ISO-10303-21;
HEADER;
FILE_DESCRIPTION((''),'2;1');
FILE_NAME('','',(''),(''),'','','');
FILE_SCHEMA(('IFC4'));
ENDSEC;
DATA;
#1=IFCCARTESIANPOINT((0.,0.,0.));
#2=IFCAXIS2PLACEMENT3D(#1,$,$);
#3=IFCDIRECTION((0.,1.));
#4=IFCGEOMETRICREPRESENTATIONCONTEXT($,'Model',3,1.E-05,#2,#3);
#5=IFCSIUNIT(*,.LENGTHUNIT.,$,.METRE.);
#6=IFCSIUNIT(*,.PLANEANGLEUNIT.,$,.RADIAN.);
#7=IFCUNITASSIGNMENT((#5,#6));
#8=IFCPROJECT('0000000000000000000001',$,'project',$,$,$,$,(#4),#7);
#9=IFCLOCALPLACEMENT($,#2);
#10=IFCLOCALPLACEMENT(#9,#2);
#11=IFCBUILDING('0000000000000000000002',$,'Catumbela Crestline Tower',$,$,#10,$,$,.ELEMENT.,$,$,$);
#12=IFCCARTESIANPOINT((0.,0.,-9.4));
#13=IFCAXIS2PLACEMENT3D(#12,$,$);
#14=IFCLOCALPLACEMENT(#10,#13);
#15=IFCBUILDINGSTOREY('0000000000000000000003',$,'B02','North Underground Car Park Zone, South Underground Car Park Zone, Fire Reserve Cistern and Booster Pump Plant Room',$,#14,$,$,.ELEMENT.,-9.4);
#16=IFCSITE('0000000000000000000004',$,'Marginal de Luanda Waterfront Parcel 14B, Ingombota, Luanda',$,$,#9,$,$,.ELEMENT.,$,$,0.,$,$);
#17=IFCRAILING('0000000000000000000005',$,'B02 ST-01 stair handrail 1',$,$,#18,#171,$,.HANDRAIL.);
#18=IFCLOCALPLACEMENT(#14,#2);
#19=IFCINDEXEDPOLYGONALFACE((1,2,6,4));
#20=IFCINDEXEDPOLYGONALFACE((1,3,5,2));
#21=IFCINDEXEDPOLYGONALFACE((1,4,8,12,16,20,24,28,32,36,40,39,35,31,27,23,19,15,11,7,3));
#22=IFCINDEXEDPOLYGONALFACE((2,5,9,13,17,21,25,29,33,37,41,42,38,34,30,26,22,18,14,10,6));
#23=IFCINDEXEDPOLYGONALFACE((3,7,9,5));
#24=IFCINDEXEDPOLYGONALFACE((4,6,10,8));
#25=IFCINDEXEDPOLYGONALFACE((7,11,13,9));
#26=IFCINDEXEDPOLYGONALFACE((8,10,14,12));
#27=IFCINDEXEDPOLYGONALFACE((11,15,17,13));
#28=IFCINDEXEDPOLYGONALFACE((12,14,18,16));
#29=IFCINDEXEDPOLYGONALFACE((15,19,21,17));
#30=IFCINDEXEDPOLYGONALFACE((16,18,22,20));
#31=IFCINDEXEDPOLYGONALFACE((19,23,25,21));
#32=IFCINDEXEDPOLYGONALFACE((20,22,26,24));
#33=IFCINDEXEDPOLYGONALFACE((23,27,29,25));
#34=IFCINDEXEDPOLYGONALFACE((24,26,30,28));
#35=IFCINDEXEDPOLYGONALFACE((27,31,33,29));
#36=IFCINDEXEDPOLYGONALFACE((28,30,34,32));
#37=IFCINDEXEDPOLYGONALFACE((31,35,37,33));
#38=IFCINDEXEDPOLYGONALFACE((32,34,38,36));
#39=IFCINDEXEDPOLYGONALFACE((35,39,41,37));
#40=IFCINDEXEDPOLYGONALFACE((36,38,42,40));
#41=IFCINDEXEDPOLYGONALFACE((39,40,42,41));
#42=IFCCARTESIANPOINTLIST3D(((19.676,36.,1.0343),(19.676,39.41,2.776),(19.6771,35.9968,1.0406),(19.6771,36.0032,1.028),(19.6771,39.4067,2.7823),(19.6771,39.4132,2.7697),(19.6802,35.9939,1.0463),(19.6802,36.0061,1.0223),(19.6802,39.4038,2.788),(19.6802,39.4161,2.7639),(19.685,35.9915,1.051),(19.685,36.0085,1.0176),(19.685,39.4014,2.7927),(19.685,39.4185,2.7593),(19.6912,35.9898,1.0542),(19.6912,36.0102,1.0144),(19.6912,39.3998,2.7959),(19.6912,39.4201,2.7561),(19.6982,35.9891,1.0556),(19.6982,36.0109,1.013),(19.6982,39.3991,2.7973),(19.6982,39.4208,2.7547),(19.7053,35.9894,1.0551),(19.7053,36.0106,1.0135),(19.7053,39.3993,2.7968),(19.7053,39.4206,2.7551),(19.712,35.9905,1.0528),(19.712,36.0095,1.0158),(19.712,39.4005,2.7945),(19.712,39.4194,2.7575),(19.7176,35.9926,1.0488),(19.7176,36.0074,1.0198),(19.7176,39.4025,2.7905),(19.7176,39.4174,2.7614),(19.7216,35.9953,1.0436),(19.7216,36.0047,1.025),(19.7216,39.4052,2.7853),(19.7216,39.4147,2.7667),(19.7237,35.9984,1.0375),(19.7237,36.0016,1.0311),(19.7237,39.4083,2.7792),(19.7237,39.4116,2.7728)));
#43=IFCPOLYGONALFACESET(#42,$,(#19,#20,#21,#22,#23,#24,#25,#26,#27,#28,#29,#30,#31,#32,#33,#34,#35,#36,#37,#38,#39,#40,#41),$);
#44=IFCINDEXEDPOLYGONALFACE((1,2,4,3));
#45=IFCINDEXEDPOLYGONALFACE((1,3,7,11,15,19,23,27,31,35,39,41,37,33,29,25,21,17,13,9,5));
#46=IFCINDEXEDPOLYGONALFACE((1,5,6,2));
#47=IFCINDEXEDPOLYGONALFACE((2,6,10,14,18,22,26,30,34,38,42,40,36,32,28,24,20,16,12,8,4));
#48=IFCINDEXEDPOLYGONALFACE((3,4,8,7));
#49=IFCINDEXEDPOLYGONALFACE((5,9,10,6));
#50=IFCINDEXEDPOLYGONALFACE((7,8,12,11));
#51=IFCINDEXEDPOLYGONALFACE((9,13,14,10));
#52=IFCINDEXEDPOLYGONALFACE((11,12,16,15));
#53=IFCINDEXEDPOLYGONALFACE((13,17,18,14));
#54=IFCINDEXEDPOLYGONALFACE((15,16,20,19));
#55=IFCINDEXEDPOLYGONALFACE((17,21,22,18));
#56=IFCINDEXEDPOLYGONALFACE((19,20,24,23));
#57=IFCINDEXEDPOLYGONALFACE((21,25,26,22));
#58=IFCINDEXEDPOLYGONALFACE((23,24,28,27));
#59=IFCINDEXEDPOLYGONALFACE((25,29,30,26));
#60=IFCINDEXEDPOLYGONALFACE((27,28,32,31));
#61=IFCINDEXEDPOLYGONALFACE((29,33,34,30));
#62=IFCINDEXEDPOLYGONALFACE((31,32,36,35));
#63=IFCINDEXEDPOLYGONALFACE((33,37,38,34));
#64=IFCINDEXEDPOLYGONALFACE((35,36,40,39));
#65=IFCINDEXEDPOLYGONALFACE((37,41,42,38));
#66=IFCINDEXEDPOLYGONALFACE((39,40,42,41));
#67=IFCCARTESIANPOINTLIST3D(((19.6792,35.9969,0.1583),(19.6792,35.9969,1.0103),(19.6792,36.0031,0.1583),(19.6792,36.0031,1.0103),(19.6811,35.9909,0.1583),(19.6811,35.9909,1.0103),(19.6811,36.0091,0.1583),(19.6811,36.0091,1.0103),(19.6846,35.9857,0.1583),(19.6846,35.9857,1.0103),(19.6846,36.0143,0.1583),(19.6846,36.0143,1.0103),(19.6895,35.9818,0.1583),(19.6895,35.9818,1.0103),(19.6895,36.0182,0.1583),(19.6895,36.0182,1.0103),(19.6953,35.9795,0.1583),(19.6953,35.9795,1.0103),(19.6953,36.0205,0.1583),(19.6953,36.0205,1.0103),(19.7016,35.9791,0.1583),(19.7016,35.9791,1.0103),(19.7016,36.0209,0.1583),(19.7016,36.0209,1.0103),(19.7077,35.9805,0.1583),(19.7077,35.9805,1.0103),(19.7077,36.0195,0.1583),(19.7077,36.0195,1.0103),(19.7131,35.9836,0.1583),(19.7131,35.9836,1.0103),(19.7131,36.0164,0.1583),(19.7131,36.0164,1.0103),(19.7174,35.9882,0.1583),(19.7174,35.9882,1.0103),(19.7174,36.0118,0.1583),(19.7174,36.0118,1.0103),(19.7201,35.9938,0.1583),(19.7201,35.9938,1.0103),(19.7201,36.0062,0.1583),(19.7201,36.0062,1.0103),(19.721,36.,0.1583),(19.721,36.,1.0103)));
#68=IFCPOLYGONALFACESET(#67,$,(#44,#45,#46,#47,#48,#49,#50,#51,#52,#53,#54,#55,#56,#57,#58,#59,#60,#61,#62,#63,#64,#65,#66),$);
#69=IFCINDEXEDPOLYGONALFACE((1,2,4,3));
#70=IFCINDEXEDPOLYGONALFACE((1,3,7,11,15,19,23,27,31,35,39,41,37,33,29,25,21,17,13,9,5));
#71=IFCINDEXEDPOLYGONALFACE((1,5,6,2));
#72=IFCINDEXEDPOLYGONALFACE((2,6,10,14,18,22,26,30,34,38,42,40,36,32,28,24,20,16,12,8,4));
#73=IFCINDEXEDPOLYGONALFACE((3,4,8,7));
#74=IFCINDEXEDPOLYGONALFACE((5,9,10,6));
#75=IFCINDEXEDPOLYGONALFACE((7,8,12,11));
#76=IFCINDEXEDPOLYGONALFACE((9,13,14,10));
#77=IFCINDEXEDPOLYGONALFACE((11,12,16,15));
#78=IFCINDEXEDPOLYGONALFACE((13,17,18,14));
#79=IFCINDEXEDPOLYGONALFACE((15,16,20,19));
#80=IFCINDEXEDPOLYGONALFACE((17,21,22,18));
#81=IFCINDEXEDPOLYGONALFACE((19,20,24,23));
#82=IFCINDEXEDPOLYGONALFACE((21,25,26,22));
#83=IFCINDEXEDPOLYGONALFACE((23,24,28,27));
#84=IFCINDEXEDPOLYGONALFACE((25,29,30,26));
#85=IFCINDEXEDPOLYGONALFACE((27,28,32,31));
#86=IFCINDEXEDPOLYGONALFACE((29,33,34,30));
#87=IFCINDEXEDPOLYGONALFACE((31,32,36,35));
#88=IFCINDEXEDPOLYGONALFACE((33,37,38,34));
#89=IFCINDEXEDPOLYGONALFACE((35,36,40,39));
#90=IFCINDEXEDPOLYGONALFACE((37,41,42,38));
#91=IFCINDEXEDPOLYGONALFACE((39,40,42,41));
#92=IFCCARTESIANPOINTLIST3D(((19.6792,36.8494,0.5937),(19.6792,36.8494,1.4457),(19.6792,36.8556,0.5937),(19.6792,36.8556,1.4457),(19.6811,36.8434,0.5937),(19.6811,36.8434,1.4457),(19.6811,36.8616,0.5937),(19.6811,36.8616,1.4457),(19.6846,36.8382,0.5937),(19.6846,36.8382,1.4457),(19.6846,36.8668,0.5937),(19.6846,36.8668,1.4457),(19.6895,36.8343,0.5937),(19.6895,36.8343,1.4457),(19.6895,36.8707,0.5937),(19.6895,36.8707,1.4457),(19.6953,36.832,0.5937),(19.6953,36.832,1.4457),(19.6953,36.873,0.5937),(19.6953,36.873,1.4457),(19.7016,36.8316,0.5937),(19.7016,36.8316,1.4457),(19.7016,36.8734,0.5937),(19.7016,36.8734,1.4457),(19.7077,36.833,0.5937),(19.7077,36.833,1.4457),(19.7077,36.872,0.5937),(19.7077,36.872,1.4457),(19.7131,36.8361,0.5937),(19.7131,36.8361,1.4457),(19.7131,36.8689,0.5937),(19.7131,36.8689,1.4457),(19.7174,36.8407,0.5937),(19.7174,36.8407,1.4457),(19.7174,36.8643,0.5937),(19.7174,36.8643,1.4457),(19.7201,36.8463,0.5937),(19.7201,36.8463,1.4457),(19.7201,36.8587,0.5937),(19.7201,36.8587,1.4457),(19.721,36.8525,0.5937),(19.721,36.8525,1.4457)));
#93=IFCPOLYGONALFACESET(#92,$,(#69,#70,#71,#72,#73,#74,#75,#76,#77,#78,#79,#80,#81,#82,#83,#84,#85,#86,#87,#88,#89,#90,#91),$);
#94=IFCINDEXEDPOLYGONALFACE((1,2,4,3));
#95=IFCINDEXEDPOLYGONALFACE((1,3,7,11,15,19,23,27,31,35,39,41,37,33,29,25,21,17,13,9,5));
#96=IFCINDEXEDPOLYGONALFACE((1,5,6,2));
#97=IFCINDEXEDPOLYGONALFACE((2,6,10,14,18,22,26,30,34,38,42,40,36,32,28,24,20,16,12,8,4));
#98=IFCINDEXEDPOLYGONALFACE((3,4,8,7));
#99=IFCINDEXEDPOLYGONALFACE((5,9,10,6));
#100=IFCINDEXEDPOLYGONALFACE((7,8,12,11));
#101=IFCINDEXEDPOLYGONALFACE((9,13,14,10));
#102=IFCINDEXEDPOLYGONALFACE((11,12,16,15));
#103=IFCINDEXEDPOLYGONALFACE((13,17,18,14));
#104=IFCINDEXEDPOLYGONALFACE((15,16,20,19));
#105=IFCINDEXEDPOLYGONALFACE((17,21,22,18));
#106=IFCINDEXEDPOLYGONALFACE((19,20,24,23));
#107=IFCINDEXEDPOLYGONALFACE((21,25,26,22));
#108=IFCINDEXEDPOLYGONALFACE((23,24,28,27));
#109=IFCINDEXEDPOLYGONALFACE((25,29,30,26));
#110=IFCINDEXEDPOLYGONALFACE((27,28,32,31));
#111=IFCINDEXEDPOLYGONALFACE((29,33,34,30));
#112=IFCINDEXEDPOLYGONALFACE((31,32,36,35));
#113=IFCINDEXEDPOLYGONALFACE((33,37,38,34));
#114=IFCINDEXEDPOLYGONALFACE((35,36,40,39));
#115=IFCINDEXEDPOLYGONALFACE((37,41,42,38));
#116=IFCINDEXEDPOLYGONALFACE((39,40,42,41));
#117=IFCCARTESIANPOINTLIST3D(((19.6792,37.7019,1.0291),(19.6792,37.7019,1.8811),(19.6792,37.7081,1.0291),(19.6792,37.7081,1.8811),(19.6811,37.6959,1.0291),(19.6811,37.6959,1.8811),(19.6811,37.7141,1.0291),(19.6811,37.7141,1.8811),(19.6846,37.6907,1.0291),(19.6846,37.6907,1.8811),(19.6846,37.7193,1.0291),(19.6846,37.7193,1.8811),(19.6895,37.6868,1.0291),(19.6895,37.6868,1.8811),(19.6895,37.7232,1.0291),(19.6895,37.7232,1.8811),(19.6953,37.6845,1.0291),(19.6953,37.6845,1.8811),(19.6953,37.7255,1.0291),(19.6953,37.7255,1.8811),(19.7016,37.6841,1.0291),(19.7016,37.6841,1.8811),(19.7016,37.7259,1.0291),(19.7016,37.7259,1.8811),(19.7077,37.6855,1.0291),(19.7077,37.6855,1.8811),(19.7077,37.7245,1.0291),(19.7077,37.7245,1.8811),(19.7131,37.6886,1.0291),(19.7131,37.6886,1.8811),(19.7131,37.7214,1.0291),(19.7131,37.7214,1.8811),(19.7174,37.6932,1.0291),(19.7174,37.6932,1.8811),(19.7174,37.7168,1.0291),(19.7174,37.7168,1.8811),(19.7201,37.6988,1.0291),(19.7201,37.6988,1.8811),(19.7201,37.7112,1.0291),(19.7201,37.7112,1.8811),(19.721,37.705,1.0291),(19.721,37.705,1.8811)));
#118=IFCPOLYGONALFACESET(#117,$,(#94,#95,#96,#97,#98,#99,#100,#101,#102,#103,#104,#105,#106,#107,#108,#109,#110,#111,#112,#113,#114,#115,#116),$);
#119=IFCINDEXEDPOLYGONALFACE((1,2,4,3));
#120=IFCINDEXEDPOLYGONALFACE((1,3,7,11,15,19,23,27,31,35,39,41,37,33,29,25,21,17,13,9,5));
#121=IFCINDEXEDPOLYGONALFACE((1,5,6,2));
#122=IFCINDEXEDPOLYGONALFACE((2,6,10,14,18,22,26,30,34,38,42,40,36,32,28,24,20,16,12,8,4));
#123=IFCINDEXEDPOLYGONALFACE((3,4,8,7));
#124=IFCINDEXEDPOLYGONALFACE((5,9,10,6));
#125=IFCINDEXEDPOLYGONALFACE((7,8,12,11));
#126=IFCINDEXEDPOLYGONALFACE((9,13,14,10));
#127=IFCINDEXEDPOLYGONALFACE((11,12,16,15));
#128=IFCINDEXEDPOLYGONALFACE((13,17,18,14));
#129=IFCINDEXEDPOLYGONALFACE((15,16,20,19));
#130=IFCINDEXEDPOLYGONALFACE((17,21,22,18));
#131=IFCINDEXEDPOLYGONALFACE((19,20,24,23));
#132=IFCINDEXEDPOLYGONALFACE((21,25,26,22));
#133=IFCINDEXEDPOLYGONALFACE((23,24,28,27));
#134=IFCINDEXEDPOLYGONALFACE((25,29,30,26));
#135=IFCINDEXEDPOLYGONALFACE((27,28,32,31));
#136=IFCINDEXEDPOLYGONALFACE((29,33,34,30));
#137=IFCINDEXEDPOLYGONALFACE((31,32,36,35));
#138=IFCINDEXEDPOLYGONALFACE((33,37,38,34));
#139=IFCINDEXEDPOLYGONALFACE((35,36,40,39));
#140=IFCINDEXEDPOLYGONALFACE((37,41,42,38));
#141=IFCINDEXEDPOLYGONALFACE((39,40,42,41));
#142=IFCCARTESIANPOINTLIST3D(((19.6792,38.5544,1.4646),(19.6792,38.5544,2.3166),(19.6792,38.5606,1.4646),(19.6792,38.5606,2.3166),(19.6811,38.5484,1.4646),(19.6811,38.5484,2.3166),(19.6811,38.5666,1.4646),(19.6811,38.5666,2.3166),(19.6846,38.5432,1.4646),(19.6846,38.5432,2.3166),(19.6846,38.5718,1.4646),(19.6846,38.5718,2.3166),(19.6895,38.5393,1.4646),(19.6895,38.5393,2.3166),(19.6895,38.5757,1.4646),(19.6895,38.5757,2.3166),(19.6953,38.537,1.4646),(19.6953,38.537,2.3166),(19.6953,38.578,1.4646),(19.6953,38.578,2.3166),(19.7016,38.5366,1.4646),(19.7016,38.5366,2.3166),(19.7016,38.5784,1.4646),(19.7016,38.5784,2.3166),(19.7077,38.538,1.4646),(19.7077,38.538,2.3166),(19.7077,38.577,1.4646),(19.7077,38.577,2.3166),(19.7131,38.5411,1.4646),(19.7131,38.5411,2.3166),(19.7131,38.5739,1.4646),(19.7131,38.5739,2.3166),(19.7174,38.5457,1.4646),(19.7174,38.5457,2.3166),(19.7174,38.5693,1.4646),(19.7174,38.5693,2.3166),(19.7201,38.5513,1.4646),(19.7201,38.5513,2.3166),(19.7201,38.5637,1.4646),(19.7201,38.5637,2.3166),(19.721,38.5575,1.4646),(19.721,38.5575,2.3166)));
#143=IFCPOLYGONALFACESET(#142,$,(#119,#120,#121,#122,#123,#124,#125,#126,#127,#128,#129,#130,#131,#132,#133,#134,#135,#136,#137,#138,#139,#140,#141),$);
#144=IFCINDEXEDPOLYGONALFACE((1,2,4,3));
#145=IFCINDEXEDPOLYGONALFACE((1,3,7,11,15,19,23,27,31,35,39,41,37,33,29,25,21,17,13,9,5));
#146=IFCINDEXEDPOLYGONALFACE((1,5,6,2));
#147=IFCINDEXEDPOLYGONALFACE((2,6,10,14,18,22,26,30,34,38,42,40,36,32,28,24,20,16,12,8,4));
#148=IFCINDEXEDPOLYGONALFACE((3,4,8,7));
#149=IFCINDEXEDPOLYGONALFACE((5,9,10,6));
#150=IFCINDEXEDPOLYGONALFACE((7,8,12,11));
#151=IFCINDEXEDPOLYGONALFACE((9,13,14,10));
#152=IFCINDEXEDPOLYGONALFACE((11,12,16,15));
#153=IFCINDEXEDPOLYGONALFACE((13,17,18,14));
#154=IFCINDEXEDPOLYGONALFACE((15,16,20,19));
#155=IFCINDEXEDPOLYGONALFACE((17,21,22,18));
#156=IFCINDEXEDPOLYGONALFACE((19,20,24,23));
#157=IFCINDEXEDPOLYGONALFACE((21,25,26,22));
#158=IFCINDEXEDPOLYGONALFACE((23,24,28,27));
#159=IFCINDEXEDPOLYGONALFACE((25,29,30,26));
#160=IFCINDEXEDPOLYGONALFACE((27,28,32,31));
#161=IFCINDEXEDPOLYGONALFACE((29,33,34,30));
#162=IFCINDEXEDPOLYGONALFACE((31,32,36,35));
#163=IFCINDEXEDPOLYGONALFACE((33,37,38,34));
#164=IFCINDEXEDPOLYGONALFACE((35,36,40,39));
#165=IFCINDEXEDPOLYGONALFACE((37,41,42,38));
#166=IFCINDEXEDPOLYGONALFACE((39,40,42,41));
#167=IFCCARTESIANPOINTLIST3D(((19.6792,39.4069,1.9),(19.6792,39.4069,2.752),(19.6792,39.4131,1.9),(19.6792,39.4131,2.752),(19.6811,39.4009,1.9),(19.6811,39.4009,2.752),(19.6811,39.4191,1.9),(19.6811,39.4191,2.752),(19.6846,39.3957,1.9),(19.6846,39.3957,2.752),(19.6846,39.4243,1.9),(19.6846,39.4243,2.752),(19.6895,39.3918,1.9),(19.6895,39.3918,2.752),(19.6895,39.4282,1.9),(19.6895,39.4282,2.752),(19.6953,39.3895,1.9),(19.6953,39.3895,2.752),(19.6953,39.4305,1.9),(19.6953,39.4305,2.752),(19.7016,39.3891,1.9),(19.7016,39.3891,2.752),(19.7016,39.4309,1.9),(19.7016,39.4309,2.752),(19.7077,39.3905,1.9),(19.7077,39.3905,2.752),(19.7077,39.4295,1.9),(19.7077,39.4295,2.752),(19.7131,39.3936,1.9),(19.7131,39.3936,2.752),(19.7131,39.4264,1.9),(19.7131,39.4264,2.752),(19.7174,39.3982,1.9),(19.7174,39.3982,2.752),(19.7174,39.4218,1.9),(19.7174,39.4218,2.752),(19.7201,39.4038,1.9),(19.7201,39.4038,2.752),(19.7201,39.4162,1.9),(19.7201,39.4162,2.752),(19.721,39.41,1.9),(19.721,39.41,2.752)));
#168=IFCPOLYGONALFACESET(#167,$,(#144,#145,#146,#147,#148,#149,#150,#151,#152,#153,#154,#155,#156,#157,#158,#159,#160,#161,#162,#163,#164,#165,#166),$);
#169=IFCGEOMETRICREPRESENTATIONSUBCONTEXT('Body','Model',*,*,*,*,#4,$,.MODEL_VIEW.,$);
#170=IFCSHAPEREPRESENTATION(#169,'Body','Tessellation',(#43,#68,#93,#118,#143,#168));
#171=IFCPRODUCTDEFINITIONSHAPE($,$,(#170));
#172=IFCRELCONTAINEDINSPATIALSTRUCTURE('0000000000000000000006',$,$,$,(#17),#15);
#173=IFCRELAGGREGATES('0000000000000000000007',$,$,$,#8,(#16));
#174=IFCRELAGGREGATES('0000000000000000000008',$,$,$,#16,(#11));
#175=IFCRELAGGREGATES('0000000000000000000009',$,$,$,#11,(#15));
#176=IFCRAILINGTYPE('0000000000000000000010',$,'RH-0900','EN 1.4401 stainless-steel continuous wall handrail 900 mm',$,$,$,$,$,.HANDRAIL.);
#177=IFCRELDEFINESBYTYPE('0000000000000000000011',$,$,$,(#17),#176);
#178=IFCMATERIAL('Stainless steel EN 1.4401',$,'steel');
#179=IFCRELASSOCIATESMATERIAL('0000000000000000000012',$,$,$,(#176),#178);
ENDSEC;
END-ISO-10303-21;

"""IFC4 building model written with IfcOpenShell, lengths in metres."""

from ifc_helpers import new_model, si_unit, direction, frame, origin, origin_2d, place, context, subcontext, project, spatial, circle, extrude, material, type_object, element, save


model = new_model("IFC4")

# Units and contexts
model_context = context("Model", 3, precision=1e-05, world=origin(), true_north=direction((0.0, 1.0)))
body_context = subcontext(model_context, "Body", "Model", "MODEL_VIEW")
ifc_project = project(units=[si_unit("LENGTHUNIT", "METRE"), si_unit("PLANEANGLEUNIT", "RADIAN")], contexts=[model_context])

# Site, building, storey
site_placement = place(None, origin())
site = spatial("IfcSite", under=ifc_project, at=site_placement, Name="Marginal de Luanda Waterfront Parcel 14B, Ingombota, Luanda", CompositionType="ELEMENT", RefElevation=0.0)
building_placement = place(site_placement, origin())
building = spatial("IfcBuilding", under=site, at=building_placement, Name="Catumbela Crestline Tower", CompositionType="ELEMENT")
storey_placement = place(building_placement, frame((0.0, 0.0, -9.4)))
storey = spatial("IfcBuildingStorey", under=building, at=storey_placement, Name="B02", Description="North Underground Car Park Zone, South Underground Car Park Zone, Fire Reserve Cistern and Booster Pump Plant Room", CompositionType="ELEMENT", Elevation=-9.4)

# Shared definitions
ifc_material_1 = material(Name="Stainless steel EN 1.4401", Category="steel")

# Railing
railing_type_1 = type_object("IfcRailingType", Name="RH-0900", Description="EN 1.4401 stainless-steel continuous wall handrail 900 mm", PredefinedType="HANDRAIL", material=ifc_material_1)
railing_1_placement = place(storey_placement, frame((19.7, 36.0, 0.1583)))
element("IfcRailing", 1, at=railing_1_placement, inside=storey, type_object=railing_type_1, Name="B02 ST-01 stair handrail 1", PredefinedType="HANDRAIL", context=body_context, shape_type="SweptSolid", body=[
    extrude(circle(Radius=0.024, at=origin_2d()), frame((0.0, 0.0, 0.876), z_axis=(0.0, 0.89056, 0.454865), x_axis=(-1.0, 0.0, 0.0)), (0.0, 0.0, 1.0), 3.829),
    extrude(circle(Radius=0.021, at=origin_2d()), origin(), (0.0, 0.0, 1.0), 0.852),
    extrude(circle(Radius=0.021, at=origin_2d()), frame((0.0, 0.8525, 0.4354)), (0.0, 0.0, 1.0), 0.852),
    extrude(circle(Radius=0.021, at=origin_2d()), frame((0.0, 1.705, 0.8708)), (0.0, 0.0, 1.0), 0.852),
    extrude(circle(Radius=0.021, at=origin_2d()), frame((0.0, 2.5575, 1.3063)), (0.0, 0.0, 1.0), 0.852),
    extrude(circle(Radius=0.021, at=origin_2d()), frame((0.0, 3.41, 1.7417)), (0.0, 0.0, 1.0), 0.852),
])

save(model, "model.ifc")
